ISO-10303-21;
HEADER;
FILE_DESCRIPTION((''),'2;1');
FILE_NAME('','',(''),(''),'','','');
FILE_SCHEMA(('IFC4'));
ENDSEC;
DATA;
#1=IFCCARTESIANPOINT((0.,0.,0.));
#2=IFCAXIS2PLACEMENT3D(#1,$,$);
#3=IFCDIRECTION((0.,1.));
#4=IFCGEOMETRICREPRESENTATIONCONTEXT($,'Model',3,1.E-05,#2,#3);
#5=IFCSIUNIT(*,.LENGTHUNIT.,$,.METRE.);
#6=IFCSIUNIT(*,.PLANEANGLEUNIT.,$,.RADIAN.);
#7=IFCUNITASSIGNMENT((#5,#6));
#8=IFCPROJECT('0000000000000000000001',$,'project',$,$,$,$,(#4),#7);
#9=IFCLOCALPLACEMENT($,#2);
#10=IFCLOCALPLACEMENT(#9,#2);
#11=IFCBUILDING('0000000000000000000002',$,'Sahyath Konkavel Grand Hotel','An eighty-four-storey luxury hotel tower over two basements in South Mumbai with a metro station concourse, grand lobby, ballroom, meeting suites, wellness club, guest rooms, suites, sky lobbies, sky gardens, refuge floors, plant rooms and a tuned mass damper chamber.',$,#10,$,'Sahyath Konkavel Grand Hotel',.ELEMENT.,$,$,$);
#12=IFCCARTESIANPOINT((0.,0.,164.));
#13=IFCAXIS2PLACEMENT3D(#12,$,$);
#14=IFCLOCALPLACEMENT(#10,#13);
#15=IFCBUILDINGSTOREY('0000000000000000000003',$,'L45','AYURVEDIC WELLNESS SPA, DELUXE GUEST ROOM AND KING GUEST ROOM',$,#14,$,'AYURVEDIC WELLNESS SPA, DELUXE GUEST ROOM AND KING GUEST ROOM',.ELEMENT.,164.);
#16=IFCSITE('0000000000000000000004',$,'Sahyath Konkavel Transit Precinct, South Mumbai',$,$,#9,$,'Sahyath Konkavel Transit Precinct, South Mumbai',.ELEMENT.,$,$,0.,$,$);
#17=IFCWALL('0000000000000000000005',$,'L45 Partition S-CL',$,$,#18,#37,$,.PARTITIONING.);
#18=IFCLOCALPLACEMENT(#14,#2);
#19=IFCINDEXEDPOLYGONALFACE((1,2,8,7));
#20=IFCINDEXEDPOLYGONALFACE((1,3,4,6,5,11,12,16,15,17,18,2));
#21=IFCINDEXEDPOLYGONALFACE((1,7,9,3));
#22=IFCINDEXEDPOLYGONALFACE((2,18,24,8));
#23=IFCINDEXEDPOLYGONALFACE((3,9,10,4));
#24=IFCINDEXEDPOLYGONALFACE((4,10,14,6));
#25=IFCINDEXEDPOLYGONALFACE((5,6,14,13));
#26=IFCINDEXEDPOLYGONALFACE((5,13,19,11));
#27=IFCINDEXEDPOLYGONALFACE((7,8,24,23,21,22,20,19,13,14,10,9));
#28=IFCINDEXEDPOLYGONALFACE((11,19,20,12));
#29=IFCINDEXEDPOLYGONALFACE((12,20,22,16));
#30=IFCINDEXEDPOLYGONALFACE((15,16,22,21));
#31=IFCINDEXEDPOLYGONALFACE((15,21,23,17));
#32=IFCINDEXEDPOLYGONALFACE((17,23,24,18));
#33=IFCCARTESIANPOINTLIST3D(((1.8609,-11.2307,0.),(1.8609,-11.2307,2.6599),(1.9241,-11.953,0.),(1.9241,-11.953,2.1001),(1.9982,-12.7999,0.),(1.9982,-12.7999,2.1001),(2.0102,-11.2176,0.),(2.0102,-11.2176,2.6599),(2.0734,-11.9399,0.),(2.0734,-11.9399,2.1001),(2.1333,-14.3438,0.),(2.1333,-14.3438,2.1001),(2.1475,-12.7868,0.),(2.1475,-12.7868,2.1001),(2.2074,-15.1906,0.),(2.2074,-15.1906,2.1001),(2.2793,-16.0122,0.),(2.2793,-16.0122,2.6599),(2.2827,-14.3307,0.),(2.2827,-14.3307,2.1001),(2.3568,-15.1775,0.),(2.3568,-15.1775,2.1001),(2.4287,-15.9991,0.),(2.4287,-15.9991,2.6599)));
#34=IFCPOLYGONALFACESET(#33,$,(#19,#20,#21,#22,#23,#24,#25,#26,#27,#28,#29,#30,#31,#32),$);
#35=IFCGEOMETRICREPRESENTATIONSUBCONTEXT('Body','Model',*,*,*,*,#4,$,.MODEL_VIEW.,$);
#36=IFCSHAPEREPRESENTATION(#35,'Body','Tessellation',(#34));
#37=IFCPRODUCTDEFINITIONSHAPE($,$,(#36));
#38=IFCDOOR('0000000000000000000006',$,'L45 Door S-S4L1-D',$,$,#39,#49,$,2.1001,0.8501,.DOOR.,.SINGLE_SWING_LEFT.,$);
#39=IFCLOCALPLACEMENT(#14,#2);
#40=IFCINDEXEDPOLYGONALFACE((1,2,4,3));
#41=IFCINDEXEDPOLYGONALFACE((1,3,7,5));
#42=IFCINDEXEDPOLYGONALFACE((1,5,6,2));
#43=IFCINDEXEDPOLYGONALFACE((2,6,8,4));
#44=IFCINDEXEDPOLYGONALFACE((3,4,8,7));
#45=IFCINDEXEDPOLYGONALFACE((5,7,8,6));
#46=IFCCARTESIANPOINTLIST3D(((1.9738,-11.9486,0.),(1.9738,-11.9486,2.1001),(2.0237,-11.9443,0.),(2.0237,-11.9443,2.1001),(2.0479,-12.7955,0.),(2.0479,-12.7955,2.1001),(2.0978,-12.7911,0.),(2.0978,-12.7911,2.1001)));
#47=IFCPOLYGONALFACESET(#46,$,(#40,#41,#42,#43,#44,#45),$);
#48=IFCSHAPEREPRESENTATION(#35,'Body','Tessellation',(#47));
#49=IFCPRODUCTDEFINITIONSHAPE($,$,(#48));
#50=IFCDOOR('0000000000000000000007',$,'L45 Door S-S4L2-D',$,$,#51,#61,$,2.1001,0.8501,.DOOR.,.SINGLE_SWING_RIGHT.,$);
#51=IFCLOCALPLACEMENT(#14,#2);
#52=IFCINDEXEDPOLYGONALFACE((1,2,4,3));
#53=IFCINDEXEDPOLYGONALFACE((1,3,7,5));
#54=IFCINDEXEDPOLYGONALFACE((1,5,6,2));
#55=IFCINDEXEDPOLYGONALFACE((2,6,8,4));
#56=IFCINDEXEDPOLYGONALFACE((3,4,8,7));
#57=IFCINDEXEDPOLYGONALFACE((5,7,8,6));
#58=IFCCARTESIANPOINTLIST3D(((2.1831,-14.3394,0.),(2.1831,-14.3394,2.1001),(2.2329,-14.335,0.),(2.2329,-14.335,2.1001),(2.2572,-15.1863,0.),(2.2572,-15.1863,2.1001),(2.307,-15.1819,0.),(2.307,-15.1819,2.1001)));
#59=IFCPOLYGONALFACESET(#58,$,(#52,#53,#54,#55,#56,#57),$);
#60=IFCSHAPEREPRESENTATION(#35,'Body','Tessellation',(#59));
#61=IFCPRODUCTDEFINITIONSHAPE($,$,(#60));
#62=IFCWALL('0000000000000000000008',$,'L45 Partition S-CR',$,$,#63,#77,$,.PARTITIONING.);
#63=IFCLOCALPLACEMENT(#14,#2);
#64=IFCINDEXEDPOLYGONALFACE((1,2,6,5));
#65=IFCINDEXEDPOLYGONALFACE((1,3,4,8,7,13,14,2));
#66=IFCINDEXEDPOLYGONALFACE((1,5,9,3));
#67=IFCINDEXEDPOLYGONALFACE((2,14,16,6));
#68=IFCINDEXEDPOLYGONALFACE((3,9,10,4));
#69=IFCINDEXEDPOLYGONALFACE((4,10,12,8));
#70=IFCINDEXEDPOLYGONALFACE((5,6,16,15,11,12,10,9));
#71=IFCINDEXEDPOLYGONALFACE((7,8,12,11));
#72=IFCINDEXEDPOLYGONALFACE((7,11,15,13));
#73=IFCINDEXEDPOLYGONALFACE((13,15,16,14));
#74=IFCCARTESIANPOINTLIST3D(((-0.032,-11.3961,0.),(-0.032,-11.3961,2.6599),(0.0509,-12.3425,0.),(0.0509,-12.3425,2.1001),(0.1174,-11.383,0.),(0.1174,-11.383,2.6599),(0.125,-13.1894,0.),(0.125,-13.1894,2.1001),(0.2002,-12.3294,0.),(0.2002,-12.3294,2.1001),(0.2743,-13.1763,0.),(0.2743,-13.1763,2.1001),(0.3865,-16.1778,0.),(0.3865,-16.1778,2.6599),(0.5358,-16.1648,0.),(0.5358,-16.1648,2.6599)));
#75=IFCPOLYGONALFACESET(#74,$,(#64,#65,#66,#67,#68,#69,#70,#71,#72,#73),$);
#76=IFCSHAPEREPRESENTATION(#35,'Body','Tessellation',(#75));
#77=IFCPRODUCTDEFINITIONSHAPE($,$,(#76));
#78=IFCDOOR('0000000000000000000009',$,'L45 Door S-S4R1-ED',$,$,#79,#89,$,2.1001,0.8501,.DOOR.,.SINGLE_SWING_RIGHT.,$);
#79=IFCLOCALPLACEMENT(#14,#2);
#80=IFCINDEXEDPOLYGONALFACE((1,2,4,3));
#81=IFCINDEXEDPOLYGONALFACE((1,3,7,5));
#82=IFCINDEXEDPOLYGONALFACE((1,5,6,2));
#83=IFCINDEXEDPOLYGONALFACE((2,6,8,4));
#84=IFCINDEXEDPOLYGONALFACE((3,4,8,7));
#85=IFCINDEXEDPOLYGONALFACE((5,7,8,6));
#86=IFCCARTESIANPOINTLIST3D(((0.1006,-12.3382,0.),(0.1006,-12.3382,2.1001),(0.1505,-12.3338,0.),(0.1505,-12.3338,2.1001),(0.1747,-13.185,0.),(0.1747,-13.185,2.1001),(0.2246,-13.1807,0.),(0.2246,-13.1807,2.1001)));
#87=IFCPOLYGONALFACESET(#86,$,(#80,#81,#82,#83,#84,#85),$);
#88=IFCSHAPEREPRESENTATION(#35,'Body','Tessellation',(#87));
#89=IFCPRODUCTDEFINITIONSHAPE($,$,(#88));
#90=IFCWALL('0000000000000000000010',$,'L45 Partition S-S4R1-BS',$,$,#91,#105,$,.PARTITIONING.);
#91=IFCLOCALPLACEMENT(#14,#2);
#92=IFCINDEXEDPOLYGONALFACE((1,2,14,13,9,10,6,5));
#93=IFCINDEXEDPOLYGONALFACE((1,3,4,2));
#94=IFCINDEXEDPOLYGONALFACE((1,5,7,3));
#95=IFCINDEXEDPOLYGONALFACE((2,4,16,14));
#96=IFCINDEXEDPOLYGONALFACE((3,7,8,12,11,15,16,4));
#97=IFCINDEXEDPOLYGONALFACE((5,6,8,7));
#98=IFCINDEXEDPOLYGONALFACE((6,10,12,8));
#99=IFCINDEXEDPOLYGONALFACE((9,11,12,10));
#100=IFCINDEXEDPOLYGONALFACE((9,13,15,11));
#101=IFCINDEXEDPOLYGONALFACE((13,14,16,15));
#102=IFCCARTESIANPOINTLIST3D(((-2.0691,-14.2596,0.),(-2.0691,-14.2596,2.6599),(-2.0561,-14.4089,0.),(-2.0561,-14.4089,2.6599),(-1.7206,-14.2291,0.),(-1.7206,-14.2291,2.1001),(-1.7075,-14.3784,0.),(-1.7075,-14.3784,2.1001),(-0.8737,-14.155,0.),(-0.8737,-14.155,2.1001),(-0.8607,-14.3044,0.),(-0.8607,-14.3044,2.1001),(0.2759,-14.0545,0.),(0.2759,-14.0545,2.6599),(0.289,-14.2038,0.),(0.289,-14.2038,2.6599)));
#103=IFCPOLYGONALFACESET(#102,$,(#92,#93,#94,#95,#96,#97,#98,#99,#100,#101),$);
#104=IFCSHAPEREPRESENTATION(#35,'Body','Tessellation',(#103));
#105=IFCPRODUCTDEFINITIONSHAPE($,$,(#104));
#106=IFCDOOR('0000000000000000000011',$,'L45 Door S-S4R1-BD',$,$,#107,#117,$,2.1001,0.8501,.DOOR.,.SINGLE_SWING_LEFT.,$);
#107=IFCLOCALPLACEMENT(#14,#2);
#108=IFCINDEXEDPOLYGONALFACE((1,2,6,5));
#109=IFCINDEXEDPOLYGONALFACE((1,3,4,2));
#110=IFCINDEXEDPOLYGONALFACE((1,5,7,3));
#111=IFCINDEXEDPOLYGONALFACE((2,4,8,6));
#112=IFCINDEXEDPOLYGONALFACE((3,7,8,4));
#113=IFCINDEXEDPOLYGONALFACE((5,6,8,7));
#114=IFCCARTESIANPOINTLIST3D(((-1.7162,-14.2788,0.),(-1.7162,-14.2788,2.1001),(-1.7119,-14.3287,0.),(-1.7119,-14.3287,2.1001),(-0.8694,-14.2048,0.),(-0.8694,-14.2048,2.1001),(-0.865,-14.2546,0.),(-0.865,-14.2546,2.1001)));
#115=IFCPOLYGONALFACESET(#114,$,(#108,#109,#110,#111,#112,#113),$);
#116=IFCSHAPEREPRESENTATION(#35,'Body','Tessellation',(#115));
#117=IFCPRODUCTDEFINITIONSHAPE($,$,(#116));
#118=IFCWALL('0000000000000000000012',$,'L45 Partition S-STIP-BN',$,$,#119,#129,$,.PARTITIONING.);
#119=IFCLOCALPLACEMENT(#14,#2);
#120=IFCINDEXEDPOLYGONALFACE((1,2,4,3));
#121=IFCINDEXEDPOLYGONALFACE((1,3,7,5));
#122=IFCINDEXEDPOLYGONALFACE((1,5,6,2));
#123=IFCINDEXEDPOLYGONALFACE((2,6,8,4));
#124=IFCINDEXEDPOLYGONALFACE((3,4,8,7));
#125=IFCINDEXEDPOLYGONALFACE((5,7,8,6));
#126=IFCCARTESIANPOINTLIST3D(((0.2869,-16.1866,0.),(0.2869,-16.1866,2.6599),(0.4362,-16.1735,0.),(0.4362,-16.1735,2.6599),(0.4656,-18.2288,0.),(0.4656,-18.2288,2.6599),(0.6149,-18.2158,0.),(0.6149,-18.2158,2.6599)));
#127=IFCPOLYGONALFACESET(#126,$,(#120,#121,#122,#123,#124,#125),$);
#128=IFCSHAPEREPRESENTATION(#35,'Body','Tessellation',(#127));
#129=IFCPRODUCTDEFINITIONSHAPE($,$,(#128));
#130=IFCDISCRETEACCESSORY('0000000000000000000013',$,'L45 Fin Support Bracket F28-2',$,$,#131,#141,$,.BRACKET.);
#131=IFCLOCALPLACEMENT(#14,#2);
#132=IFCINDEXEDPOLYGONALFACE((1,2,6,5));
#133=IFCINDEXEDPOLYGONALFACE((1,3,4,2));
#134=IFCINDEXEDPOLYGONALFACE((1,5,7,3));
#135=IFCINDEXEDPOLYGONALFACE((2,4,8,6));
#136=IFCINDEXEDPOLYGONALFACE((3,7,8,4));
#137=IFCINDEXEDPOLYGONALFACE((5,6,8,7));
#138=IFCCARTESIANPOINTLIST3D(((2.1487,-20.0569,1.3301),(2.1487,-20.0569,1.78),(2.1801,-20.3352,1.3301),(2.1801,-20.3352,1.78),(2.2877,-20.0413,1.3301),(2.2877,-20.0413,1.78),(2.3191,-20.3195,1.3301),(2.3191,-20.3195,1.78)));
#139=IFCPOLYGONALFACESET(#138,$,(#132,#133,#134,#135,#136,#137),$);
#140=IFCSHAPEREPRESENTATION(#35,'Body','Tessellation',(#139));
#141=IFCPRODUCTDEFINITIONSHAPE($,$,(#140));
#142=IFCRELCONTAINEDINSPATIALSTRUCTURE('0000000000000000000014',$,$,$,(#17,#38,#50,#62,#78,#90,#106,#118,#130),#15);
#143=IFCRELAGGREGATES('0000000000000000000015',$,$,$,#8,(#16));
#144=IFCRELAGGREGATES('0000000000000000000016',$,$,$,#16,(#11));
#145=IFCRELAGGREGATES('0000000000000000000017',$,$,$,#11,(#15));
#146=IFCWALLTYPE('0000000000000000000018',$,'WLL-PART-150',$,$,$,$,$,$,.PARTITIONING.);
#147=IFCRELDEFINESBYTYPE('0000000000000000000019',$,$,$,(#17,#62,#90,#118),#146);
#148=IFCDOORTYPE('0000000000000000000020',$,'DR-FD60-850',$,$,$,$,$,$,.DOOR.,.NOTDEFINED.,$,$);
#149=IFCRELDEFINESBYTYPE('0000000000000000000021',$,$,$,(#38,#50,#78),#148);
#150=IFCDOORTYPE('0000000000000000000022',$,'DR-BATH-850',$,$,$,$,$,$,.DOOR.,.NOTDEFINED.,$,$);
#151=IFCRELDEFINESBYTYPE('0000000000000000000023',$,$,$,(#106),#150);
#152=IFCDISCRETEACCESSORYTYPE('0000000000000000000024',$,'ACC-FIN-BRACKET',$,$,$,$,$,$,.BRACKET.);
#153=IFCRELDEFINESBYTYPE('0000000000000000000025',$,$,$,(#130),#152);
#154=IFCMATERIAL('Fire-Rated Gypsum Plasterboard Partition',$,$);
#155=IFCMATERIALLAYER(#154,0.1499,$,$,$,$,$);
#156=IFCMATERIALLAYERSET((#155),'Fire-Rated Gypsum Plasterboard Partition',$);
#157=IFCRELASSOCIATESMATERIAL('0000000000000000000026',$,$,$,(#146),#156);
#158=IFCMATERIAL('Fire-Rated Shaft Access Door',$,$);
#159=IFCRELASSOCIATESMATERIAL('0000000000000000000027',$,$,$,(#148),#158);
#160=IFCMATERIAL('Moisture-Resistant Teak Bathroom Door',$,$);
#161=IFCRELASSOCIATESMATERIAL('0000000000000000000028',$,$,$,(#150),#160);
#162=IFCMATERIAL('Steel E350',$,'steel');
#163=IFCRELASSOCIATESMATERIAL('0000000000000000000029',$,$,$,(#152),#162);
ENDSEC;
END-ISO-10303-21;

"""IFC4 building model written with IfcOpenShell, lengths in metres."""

from ifc_helpers import new_model, si_unit, direction, frame, frame_2d, origin, origin_2d, place, context, subcontext, project, spatial, rectangle, extrude, source, transform, mapped, material, layer, layer_set, type_object, element, fill, save


model = new_model("IFC4")

# Units and contexts
model_context = context("Model", 3, precision=1e-05, world=origin(), true_north=direction((0.0, 1.0)))
body_context = subcontext(model_context, "Body", "Model", "MODEL_VIEW")
ifc_project = project(units=[si_unit("LENGTHUNIT", "METRE"), si_unit("PLANEANGLEUNIT", "RADIAN")], contexts=[model_context])

# Site, building, storey
site_placement = place(None, origin())
site = spatial("IfcSite", under=ifc_project, at=site_placement, Name="Sahyath Konkavel Transit Precinct, South Mumbai", LongName="Sahyath Konkavel Transit Precinct, South Mumbai", CompositionType="ELEMENT", RefElevation=0.0)
building_placement = place(site_placement, origin())
building = spatial("IfcBuilding", under=site, at=building_placement, Name="Sahyath Konkavel Grand Hotel", Description="An eighty-four-storey luxury hotel tower over two basements in South Mumbai with a metro station concourse, grand lobby, ballroom, meeting suites, wellness club, guest rooms, suites, sky lobbies, sky gardens, refuge floors, plant rooms and a tuned mass damper chamber.", LongName="Sahyath Konkavel Grand Hotel", CompositionType="ELEMENT")
storey_placement = place(building_placement, frame((0.0, 0.0, 164.0)))
storey = spatial("IfcBuildingStorey", under=building, at=storey_placement, Name="L45", Description="AYURVEDIC WELLNESS SPA, DELUXE GUEST ROOM AND KING GUEST ROOM", LongName="AYURVEDIC WELLNESS SPA, DELUXE GUEST ROOM AND KING GUEST ROOM", CompositionType="ELEMENT", Elevation=164.0)

# Shared definitions
ifc_material_1 = material(Name="Steel E350", Category="steel")

# Wall, openings, doors
ifc_material_2 = material(Name="Fire-Rated Gypsum Plasterboard Partition")
ifc_layer_1 = layer(ifc_material_2, 0.1499)
ifc_layer_set_1 = layer_set([ifc_layer_1], Name="Fire-Rated Gypsum Plasterboard Partition")
wall_type_1 = type_object("IfcWallType", Name="WLL-PART-150", PredefinedType="PARTITIONING", material=ifc_layer_set_1)
wall_1_placement = place(storey_placement, frame((1.9355, -11.2241, 0.0), z_axis=(0.0, 0.0, 1.0), x_axis=(0.087183, -0.996192, 0.0)))
wall_1 = element("IfcWall", 1, at=wall_1_placement, inside=storey, type_object=wall_type_1, Name="L45 Partition S-CL", PredefinedType="PARTITIONING", context=body_context, shape_type="SweptSolid", body=[
    extrude(rectangle(XDim=4.7998, YDim=0.1499, at=frame_2d((2.3999, 0.0))), origin(), (0.0, 0.0, 1.0), 2.6599),
])
opening_1_placement = place(wall_1_placement, frame((0.7251, 0.0, 0.0)))
opening_1 = element("IfcOpeningElement", 2, at=opening_1_placement, cuts=wall_1, PredefinedType="OPENING", context=body_context, shape_type="SweptSolid", body=[
    extrude(rectangle(XDim=0.8501, YDim=2.1001, at=frame_2d((0.425, 1.05))), frame((0.0, 0.085, 0.0), z_axis=(0.0, -1.0, 0.0), x_axis=(1.0, 0.0, 0.0)), (0.0, 0.0, 1.0), 0.1699),
])
opening_2_placement = place(wall_1_placement, frame((3.125, 0.0, 0.0)))
opening_2 = element("IfcOpeningElement", 3, at=opening_2_placement, cuts=wall_1, PredefinedType="OPENING", context=body_context, shape_type="SweptSolid", body=[
    extrude(rectangle(XDim=0.8501, YDim=2.1001, at=frame_2d((0.425, 1.05))), frame((0.0, 0.085, 0.0), z_axis=(0.0, -1.0, 0.0), x_axis=(1.0, 0.0, 0.0)), (0.0, 0.0, 1.0), 0.1699),
])
ifc_material_3 = material(Name="Fire-Rated Shaft Access Door")
door_type_1 = type_object("IfcDoorType", Name="DR-FD60-850", OperationType="NOTDEFINED", PredefinedType="DOOR", material=ifc_material_3)
shared_shape_1 = source(origin(), body_context, "Body", "SweptSolid", [
    extrude(rectangle(XDim=0.8501, YDim=0.05, at=origin_2d()), origin(), (0.0, 0.0, 1.0), 2.1001),
])
door_1_placement = place(opening_1_placement, frame((0.425, 0.0, 0.0)))
door_1 = element("IfcDoor", 4, at=door_1_placement, inside=storey, type_object=door_type_1, Name="L45 Door S-S4L1-D", OperationType="SINGLE_SWING_LEFT", OverallHeight=2.1001, OverallWidth=0.8501, PredefinedType="DOOR", context=body_context, shape_type="MappedRepresentation", body=[
    mapped(shared_shape_1, transform((0.0, 0.0, 0.0), scale=1.0)),
])
fill(opening_1, door_1)
door_2_placement = place(opening_2_placement, frame((0.425, 0.0, 0.0)))
door_2 = element("IfcDoor", 5, at=door_2_placement, inside=storey, type_object=door_type_1, Name="L45 Door S-S4L2-D", OperationType="SINGLE_SWING_RIGHT", OverallHeight=2.1001, OverallWidth=0.8501, PredefinedType="DOOR", context=body_context, shape_type="MappedRepresentation", body=[
    mapped(shared_shape_1, transform((0.0, 0.0, 0.0), scale=1.0)),
])
fill(opening_2, door_2)

# Walls, openings, doors
wall_2_placement = place(storey_placement, frame((0.0427, -11.3896, 0.0), z_axis=(0.0, 0.0, 1.0), x_axis=(0.087178, -0.996193, 0.0)))
wall_2 = element("IfcWall", 6, at=wall_2_placement, inside=storey, type_object=wall_type_1, Name="L45 Partition S-CR", PredefinedType="PARTITIONING", context=body_context, shape_type="SweptSolid", body=[
    extrude(rectangle(XDim=4.8, YDim=0.1499, at=frame_2d((2.3999, 0.0))), origin(), (0.0, 0.0, 1.0), 2.6599),
])
opening_3_placement = place(wall_2_placement, frame((0.95, 0.0, 0.0)))
opening_3 = element("IfcOpeningElement", 7, at=opening_3_placement, cuts=wall_2, PredefinedType="OPENING", context=body_context, shape_type="SweptSolid", body=[
    extrude(rectangle(XDim=0.8501, YDim=2.1001, at=frame_2d((0.425, 1.05))), frame((0.0, 0.085, 0.0), z_axis=(0.0, -1.0, 0.0), x_axis=(1.0, 0.0, 0.0)), (0.0, 0.0, 1.0), 0.1699),
])
door_3_placement = place(opening_3_placement, frame((0.425, 0.0, 0.0)))
door_3 = element("IfcDoor", 8, at=door_3_placement, inside=storey, type_object=door_type_1, Name="L45 Door S-S4R1-ED", OperationType="SINGLE_SWING_RIGHT", OverallHeight=2.1001, OverallWidth=0.8501, PredefinedType="DOOR", context=body_context, shape_type="MappedRepresentation", body=[
    mapped(shared_shape_1, transform((0.0, 0.0, 0.0), scale=1.0)),
])
fill(opening_3, door_3)
wall_3_placement = place(storey_placement, frame((0.2825, -14.1292, 0.0), z_axis=(0.0, 0.0, 1.0), x_axis=(-0.996198, -0.087122, 0.0)))
wall_3 = element("IfcWall", 9, at=wall_3_placement, inside=storey, type_object=wall_type_1, Name="L45 Partition S-S4R1-BS", PredefinedType="PARTITIONING", context=body_context, shape_type="SweptSolid", body=[
    extrude(rectangle(XDim=2.354, YDim=0.1499, at=frame_2d((1.177, 0.0))), origin(), (0.0, 0.0, 1.0), 2.6599),
])
opening_4_placement = place(wall_3_placement, frame((1.1541, 0.0, 0.0)))
opening_4 = element("IfcOpeningElement", 10, at=opening_4_placement, cuts=wall_3, PredefinedType="OPENING", context=body_context, shape_type="SweptSolid", body=[
    extrude(rectangle(XDim=0.8501, YDim=2.1001, at=frame_2d((0.425, 1.05))), frame((0.0, 0.085, 0.0), z_axis=(0.0, -1.0, 0.0), x_axis=(1.0, 0.0, 0.0)), (0.0, 0.0, 1.0), 0.1699),
])
ifc_material_4 = material(Name="Moisture-Resistant Teak Bathroom Door")
door_type_2 = type_object("IfcDoorType", Name="DR-BATH-850", OperationType="NOTDEFINED", PredefinedType="DOOR", material=ifc_material_4)
door_4_placement = place(opening_4_placement, frame((0.425, 0.0, 0.0)))
door_4 = element("IfcDoor", 11, at=door_4_placement, inside=storey, type_object=door_type_2, Name="L45 Door S-S4R1-BD", OperationType="SINGLE_SWING_LEFT", OverallHeight=2.1001, OverallWidth=0.8501, PredefinedType="DOOR", context=body_context, shape_type="MappedRepresentation", body=[
    mapped(shared_shape_1, transform((0.0, 0.0, 0.0), scale=1.0)),
])
fill(opening_4, door_4)

# Wall
wall_4_placement = place(storey_placement, frame((0.3616, -16.1802, 0.0), z_axis=(0.0, 0.0, 1.0), x_axis=(0.087174, -0.996193, 0.0)))
element("IfcWall", 12, at=wall_4_placement, inside=storey, type_object=wall_type_1, Name="L45 Partition S-STIP-BN", PredefinedType="PARTITIONING", context=body_context, shape_type="SweptSolid", body=[
    extrude(rectangle(XDim=2.05, YDim=0.1499, at=frame_2d((1.0249, 0.0))), origin(), (0.0, 0.0, 1.0), 2.6599),
])

# Discrete accessory
discrete_accessory_type = type_object("IfcDiscreteAccessoryType", Name="ACC-FIN-BRACKET", PredefinedType="BRACKET", material=ifc_material_1)
shared_shape_2 = source(origin(), body_context, "Body", "SweptSolid", [
    extrude(rectangle(XDim=0.28, YDim=0.1399, at=origin_2d()), origin(), (0.0, 0.0, 1.0), 0.45),
])
discrete_accessory_placement = place(storey_placement, frame((2.2339, -20.1882, 1.3301), z_axis=(0.0, 0.0, 1.0), x_axis=(0.112007, -0.993707, 0.0)))
element("IfcDiscreteAccessory", 13, at=discrete_accessory_placement, inside=storey, type_object=discrete_accessory_type, Name="L45 Fin Support Bracket F28-2", PredefinedType="BRACKET", context=body_context, shape_type="MappedRepresentation", body=[
    mapped(shared_shape_2, transform((0.0, 0.0, 0.0), scale=1.0)),
])

save(model, "model.ifc")
